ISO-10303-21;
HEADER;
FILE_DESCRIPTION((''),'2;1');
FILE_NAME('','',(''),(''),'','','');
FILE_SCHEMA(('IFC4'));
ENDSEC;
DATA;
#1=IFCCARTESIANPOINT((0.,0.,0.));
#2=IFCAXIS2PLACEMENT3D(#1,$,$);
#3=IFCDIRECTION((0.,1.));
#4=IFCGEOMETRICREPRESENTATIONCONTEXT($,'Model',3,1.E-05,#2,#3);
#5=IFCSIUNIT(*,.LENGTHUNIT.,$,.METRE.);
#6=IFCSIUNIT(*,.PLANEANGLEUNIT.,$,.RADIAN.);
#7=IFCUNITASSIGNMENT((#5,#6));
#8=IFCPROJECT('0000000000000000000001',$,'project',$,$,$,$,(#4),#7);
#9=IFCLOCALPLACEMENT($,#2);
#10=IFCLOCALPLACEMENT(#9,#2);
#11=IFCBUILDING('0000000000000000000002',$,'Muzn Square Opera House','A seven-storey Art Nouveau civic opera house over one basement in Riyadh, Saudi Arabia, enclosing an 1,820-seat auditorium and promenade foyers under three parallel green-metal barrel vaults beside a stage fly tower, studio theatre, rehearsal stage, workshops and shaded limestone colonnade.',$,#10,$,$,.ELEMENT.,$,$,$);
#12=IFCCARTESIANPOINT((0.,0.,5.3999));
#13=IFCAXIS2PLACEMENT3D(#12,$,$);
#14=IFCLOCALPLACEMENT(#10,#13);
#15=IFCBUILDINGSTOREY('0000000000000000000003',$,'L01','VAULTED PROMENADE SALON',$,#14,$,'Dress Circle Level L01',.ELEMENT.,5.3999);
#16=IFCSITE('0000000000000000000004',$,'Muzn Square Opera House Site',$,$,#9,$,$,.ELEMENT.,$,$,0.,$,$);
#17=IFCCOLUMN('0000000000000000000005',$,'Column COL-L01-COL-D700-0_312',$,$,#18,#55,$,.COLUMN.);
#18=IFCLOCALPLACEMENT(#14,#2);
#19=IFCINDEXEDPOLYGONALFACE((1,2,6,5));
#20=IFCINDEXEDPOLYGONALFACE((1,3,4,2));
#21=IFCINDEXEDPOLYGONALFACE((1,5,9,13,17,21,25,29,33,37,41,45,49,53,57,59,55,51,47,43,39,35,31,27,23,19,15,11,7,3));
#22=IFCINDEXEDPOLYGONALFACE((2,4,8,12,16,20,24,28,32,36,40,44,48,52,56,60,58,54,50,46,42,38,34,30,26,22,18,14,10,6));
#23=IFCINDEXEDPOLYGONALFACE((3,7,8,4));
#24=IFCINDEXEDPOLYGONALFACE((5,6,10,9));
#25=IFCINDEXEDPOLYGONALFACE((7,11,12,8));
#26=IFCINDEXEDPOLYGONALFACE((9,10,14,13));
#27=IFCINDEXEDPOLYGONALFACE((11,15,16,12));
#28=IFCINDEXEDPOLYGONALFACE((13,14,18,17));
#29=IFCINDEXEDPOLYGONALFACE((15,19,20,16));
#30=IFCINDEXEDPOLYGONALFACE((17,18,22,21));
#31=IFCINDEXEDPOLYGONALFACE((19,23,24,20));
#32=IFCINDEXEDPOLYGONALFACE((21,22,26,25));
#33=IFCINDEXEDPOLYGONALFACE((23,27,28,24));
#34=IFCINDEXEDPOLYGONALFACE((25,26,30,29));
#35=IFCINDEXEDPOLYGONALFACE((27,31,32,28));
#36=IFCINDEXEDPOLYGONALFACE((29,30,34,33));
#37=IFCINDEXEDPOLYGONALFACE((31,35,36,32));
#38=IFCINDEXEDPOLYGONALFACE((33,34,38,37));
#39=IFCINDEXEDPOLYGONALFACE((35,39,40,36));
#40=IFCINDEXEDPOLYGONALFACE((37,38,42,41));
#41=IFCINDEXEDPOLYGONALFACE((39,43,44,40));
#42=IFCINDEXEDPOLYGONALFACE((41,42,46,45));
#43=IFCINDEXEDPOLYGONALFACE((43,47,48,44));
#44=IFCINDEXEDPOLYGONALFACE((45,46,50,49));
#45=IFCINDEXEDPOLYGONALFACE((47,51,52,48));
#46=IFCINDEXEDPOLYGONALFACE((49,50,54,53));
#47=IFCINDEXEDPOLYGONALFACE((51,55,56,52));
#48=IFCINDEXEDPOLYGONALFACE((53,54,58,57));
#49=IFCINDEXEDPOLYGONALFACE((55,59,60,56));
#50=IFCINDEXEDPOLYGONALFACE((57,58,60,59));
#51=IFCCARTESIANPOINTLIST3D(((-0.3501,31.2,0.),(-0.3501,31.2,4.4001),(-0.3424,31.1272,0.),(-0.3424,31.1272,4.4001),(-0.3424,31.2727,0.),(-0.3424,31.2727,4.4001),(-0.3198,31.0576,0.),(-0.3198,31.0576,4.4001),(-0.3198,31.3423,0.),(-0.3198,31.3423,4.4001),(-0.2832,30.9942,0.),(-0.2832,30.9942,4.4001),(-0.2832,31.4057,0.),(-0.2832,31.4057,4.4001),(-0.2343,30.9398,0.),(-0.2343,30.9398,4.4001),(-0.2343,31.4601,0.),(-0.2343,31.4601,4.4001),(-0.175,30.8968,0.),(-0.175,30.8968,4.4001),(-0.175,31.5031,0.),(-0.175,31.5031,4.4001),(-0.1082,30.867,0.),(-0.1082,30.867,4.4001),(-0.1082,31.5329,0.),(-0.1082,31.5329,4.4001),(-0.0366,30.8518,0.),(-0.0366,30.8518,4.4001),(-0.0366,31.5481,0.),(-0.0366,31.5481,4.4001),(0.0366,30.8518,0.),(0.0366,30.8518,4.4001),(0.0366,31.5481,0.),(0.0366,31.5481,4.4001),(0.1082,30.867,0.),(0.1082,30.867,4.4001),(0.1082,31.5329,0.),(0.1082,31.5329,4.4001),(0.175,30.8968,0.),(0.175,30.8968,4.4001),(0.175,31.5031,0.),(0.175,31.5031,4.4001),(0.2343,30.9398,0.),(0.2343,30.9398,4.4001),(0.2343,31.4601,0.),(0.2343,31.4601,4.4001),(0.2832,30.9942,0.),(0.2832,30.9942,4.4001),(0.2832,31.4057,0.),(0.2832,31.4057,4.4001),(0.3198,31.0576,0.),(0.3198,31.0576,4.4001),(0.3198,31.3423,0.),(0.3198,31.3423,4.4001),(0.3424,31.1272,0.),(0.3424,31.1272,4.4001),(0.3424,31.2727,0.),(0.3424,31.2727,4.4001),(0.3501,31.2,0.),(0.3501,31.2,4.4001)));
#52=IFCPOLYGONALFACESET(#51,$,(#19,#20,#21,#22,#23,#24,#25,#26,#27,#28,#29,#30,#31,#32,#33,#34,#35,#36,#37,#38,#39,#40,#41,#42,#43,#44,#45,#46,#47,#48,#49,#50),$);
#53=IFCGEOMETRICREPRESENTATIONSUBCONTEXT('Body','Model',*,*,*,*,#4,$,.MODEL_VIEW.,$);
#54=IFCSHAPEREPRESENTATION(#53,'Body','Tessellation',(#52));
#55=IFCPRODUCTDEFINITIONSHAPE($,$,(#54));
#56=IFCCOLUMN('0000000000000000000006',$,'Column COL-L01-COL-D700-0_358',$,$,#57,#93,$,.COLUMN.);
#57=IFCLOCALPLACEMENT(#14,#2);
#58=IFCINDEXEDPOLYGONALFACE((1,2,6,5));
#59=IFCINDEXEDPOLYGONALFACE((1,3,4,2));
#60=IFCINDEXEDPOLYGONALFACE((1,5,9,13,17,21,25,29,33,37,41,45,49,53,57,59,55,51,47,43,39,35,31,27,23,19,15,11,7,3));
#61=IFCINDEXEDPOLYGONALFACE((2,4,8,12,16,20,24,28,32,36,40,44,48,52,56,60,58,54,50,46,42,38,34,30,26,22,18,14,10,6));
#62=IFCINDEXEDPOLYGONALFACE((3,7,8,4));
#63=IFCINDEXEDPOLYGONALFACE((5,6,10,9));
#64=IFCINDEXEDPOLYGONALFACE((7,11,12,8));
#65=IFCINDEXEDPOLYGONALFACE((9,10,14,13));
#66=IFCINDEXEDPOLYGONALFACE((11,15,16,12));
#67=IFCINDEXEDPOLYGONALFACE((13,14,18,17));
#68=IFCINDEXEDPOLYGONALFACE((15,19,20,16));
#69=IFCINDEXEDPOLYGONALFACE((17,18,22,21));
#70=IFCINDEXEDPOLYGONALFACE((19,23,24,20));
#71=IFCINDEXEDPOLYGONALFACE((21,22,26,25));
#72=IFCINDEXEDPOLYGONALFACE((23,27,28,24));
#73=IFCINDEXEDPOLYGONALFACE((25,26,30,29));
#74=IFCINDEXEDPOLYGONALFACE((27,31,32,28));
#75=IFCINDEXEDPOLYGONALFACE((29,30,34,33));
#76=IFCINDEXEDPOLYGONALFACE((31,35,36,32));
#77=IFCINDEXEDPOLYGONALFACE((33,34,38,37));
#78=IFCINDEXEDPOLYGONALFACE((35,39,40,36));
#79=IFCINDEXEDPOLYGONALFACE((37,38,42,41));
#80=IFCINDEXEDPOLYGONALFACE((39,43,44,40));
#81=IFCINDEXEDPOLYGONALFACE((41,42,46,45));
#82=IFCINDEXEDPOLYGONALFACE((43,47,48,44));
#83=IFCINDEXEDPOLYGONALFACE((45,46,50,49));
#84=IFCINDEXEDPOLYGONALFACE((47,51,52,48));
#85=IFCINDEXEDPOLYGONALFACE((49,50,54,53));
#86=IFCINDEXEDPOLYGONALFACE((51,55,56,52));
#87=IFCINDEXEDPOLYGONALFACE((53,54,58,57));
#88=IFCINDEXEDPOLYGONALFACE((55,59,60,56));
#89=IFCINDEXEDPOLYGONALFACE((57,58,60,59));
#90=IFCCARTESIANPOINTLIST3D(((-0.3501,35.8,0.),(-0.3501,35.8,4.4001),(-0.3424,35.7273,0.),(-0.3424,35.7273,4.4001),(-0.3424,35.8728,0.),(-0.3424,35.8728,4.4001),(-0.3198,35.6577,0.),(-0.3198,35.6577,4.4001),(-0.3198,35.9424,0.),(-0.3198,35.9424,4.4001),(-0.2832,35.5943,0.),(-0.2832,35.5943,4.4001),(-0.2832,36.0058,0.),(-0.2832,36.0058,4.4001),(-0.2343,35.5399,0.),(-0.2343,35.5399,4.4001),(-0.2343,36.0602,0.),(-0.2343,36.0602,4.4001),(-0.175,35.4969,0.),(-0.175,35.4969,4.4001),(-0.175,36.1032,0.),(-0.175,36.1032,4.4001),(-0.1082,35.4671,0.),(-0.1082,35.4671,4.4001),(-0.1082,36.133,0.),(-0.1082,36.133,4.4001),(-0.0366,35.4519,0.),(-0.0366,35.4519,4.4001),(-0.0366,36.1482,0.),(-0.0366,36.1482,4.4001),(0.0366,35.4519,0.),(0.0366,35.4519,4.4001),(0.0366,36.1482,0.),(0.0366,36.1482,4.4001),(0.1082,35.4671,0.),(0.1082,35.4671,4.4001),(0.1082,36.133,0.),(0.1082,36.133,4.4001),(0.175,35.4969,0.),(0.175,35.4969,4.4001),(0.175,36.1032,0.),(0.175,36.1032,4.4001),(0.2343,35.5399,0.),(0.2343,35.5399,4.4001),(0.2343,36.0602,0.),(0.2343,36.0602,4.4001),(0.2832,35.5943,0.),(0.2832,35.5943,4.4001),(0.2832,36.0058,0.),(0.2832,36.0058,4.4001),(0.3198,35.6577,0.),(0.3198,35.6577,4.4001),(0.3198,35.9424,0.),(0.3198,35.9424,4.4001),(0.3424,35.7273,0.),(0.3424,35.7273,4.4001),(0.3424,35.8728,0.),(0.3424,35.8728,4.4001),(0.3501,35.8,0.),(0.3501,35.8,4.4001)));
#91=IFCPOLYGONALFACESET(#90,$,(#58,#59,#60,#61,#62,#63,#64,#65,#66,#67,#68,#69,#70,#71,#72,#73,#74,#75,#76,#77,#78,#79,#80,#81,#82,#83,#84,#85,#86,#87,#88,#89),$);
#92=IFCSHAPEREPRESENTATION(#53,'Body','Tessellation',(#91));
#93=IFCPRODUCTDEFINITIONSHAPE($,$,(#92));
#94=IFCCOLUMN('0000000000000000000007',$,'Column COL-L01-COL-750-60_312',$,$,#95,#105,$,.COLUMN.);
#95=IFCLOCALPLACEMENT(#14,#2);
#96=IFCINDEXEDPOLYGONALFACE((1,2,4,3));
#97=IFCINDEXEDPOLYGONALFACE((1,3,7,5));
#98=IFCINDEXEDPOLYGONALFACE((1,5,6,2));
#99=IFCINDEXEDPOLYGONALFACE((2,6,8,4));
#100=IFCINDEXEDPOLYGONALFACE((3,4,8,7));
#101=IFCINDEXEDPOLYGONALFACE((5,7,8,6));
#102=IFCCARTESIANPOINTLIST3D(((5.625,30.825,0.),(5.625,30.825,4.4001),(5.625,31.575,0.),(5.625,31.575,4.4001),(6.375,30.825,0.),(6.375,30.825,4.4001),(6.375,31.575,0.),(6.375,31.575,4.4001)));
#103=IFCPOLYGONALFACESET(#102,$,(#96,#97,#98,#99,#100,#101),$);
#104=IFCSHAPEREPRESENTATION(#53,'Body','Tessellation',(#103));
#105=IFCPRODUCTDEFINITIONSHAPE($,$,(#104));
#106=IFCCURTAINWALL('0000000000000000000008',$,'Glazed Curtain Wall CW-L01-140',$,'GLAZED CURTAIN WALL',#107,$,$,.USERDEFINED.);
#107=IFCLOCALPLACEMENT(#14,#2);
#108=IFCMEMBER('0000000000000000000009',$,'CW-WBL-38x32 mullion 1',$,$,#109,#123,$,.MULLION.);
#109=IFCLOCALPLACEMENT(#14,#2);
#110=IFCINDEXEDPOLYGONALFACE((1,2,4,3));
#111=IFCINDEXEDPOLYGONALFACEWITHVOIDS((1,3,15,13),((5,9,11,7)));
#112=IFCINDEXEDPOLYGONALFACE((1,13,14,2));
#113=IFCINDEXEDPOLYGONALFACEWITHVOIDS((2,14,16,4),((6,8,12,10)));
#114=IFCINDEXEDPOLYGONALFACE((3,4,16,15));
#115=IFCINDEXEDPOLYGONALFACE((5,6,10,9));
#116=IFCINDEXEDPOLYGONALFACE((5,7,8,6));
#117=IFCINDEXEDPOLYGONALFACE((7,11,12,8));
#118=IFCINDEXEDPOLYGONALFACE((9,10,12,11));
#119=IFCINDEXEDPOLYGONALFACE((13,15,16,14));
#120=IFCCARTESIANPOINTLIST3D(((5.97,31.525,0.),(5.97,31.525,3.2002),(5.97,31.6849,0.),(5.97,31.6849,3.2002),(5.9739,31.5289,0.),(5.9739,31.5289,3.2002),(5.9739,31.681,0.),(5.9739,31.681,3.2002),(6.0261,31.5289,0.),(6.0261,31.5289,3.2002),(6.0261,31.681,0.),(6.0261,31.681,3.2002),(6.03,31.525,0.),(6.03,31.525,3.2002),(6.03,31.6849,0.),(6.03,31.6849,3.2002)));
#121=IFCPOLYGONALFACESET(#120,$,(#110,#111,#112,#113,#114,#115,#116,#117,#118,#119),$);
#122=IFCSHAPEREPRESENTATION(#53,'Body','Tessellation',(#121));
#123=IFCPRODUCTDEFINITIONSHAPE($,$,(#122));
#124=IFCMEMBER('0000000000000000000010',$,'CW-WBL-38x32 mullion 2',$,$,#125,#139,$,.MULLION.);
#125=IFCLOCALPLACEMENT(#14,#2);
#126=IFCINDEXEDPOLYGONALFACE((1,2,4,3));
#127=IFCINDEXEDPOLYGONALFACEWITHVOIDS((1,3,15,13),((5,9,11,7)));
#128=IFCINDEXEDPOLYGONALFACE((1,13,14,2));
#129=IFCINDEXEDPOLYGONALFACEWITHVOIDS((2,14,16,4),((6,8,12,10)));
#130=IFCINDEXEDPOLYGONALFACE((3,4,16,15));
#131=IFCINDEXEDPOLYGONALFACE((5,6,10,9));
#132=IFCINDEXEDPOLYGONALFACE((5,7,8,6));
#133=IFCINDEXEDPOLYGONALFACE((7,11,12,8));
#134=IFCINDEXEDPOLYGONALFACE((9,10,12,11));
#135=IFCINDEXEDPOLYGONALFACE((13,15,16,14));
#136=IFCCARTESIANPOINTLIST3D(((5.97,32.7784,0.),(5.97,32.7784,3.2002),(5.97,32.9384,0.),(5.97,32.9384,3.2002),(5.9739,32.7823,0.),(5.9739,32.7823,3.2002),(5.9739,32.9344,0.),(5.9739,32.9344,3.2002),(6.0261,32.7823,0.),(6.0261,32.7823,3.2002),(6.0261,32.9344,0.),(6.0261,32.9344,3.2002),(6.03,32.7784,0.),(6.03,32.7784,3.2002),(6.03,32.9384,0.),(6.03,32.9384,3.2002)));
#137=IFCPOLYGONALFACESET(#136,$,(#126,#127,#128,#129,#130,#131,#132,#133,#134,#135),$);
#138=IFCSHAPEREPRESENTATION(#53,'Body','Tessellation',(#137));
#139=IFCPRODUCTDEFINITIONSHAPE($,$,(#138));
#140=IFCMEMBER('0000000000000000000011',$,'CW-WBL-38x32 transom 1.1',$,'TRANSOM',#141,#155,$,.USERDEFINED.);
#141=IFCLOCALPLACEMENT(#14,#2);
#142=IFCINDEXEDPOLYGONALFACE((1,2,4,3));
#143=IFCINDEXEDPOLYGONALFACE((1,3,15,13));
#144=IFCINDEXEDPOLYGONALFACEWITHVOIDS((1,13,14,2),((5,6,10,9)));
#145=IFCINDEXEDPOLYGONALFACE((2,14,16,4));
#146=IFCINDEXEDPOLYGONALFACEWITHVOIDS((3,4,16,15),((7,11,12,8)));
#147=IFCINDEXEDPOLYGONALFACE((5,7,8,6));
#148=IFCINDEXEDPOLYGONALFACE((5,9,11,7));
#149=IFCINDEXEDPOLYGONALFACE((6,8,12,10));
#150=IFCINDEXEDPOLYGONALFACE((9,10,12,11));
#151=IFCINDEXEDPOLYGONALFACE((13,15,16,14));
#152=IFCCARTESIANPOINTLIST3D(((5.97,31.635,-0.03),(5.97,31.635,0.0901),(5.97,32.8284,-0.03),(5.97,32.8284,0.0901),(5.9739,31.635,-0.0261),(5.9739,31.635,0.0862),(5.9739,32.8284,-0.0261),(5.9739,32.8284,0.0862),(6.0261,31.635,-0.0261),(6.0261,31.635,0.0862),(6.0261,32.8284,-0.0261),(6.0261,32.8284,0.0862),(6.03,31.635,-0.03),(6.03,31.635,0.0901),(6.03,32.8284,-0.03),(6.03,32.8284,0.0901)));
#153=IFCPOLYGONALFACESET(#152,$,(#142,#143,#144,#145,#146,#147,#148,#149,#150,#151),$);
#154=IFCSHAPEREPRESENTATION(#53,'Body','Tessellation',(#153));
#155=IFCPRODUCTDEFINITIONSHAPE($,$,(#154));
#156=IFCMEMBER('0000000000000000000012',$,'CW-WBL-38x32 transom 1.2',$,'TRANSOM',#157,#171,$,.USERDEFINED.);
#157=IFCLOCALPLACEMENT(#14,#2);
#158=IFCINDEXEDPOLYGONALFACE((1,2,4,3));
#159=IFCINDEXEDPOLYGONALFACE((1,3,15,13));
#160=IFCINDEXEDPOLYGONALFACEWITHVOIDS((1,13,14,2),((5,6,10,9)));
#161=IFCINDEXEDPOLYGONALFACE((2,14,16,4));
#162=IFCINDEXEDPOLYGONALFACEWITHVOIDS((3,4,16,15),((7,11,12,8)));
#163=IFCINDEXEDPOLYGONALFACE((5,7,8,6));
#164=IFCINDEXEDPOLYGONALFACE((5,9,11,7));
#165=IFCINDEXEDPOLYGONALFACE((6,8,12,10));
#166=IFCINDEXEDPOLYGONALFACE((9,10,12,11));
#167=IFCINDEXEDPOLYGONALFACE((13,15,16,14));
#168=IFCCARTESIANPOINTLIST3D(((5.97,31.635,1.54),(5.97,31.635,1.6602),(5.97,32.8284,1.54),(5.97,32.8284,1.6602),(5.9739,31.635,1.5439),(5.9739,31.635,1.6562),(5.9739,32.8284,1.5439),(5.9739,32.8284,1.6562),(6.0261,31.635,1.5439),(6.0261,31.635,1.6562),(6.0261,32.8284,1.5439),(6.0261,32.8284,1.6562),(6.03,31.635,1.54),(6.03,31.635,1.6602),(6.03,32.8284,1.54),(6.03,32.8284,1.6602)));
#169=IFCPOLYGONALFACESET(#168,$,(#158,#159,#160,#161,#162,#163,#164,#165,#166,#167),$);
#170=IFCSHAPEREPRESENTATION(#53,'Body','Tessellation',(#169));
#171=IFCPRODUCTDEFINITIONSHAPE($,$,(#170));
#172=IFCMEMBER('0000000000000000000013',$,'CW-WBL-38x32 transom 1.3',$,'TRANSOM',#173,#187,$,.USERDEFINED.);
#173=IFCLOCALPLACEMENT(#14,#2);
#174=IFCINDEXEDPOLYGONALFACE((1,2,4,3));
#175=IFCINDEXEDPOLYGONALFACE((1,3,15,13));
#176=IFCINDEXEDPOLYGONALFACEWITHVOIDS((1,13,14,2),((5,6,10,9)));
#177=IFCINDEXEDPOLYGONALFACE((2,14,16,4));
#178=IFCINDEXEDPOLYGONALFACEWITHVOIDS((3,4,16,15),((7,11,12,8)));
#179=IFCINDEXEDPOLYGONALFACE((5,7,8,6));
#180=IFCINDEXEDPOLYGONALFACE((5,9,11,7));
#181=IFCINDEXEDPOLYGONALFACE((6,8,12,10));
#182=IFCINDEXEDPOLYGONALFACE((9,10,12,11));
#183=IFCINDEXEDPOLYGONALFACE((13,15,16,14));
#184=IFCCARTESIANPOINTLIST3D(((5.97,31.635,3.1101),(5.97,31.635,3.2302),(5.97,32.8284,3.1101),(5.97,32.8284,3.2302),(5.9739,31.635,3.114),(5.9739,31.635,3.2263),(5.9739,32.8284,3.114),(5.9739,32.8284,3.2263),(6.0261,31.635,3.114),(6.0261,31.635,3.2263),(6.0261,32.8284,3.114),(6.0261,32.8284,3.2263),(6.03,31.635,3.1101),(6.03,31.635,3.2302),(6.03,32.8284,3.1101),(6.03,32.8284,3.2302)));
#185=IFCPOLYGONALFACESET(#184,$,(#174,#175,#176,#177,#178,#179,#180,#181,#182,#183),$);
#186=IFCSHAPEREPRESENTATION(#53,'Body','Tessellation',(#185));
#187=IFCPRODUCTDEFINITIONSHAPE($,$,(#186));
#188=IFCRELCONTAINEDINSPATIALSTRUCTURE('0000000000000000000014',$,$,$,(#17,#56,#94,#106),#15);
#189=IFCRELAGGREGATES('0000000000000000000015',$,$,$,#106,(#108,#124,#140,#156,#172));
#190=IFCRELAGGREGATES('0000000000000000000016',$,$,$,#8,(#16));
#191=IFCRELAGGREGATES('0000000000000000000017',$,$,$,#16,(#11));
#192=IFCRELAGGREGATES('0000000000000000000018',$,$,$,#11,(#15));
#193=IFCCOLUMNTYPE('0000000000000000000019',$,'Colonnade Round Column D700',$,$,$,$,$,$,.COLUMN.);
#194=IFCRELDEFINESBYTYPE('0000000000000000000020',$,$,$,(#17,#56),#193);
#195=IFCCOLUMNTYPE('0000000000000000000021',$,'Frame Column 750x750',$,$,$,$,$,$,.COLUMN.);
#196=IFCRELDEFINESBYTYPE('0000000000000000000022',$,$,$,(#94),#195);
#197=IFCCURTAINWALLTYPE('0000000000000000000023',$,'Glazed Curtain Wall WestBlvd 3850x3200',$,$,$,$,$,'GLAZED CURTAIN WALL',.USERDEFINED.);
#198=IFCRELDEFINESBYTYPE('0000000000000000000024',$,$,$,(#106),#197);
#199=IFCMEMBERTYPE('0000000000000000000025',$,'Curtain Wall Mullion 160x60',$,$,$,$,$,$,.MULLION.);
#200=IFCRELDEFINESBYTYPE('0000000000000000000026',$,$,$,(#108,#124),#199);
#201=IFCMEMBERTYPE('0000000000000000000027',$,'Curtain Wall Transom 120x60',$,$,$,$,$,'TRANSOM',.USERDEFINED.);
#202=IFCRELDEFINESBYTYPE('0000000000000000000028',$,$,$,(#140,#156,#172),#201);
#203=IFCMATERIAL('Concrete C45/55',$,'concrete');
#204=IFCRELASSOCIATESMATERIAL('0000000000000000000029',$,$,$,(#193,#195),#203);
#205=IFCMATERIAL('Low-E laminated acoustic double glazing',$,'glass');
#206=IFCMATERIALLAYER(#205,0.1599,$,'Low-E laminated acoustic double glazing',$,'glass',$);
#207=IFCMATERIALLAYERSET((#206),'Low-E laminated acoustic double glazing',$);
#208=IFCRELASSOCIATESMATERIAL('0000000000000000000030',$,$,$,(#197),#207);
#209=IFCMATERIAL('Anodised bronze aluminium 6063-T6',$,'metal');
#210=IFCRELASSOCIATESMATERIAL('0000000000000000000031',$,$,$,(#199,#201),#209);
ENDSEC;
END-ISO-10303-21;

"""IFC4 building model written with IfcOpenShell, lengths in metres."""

from ifc_helpers import new_model, si_unit, direction, frame, origin, origin_2d, place, context, subcontext, project, spatial, rectangle, hollow_rectangle, circle, extrude, material, layer, layer_set, material_profile, profile_set, type_object, element, aggregate, save


model = new_model("IFC4")

# Units and contexts
model_context = context("Model", 3, precision=1e-05, world=origin(), true_north=direction((0.0, 1.0)))
body_context = subcontext(model_context, "Body", "Model", "MODEL_VIEW")
ifc_project = project(units=[si_unit("LENGTHUNIT", "METRE"), si_unit("PLANEANGLEUNIT", "RADIAN")], contexts=[model_context])

# Site, building, storey
site_placement = place(None, origin())
site = spatial("IfcSite", under=ifc_project, at=site_placement, Name="Muzn Square Opera House Site", CompositionType="ELEMENT", RefElevation=0.0)
building_placement = place(site_placement, origin())
building = spatial("IfcBuilding", under=site, at=building_placement, Name="Muzn Square Opera House", Description="A seven-storey Art Nouveau civic opera house over one basement in Riyadh, Saudi Arabia, enclosing an 1,820-seat auditorium and promenade foyers under three parallel green-metal barrel vaults beside a stage fly tower, studio theatre, rehearsal stage, workshops and shaded limestone colonnade.", CompositionType="ELEMENT")
storey_placement = place(building_placement, frame((0.0, 0.0, 5.3999)))
storey = spatial("IfcBuildingStorey", under=building, at=storey_placement, Name="L01", Description="VAULTED PROMENADE SALON", LongName="Dress Circle Level L01", CompositionType="ELEMENT", Elevation=5.3999)

# Columns
ifc_material_1 = material(Name="Concrete C45/55", Category="concrete")
ifc_material_profile_1 = material_profile(ifc_material_1, circle(Radius=0.3501, at=origin_2d()), Name="RCC D700", Category="concrete")
ifc_profile_set_1 = profile_set([ifc_material_profile_1], Name="Concrete C45/55")
column_type_1 = type_object("IfcColumnType", Name="Colonnade Round Column D700", PredefinedType="COLUMN", material=ifc_profile_set_1)
for number, where, z_axis, x_axis, name in (
    (1, (0.0, 31.2, 0.0), (0.0, 0.0, 1.0), (1.0, 0.0, 0.0), "Column COL-L01-COL-D700-0_312"),
    (2, (0.0, 35.8, 0.0), (0.0, 0.0, 1.0), (1.0, 0.0, 0.0), "Column COL-L01-COL-D700-0_358"),
):
    element("IfcColumn", number, at=place(storey_placement, frame(where, z_axis=z_axis, x_axis=x_axis)), inside=storey, type_object=column_type_1, Name=name, PredefinedType="COLUMN", context=body_context, shape_type="SweptSolid", body=[
        extrude(circle(Radius=0.3501, at=origin_2d()), origin(), (0.0, 0.0, 1.0), 4.4001),
    ])
ifc_material_profile_2 = material_profile(ifc_material_1, rectangle(XDim=0.75, YDim=0.75, at=origin_2d()), Name="RC 750x750", Category="concrete")
ifc_profile_set_2 = profile_set([ifc_material_profile_2], Name="Concrete C45/55")
column_type_2 = type_object("IfcColumnType", Name="Frame Column 750x750", PredefinedType="COLUMN", material=ifc_profile_set_2)
column_placement = place(storey_placement, frame((6.0, 31.2, 0.0), z_axis=(0.0, 0.0, 1.0), x_axis=(1.0, 0.0, 0.0)))
element("IfcColumn", 3, at=column_placement, inside=storey, type_object=column_type_2, Name="Column COL-L01-COL-750-60_312", PredefinedType="COLUMN", context=body_context, shape_type="SweptSolid", body=[
    extrude(rectangle(XDim=0.75, YDim=0.75, at=origin_2d()), origin(), (0.0, 0.0, 1.0), 4.4001),
])

# Curtain wall, members
ifc_material_2 = material(Name="Low-E laminated acoustic double glazing", Category="glass")
ifc_layer_1 = layer(ifc_material_2, 0.1599, Name="Low-E laminated acoustic double glazing", Category="glass")
ifc_layer_set_1 = layer_set([ifc_layer_1], Name="Low-E laminated acoustic double glazing")
curtain_wall_type = type_object("IfcCurtainWallType", Name="Glazed Curtain Wall WestBlvd 3850x3200", ElementType="GLAZED CURTAIN WALL", PredefinedType="USERDEFINED", material=ifc_layer_set_1)
curtain_wall_placement = place(storey_placement, origin())
curtain_wall = element("IfcCurtainWall", 4, at=curtain_wall_placement, inside=storey, type_object=curtain_wall_type, Name="Glazed Curtain Wall CW-L01-140", ObjectType="GLAZED CURTAIN WALL", PredefinedType="USERDEFINED")
ifc_material_3 = material(Name="Anodised bronze aluminium 6063-T6", Category="metal")
ifc_material_profile_3 = material_profile(ifc_material_3, hollow_rectangle(XDim=0.0601, YDim=0.1599, WallThickness=0.0039, at=origin_2d()), Name="ALU 160x60x4", Category="metal")
ifc_profile_set_3 = profile_set([ifc_material_profile_3], Name="Anodised bronze aluminium 6063-T6")
member_type_1 = type_object("IfcMemberType", Name="Curtain Wall Mullion 160x60", PredefinedType="MULLION", material=ifc_profile_set_3)
member_1_placement = place(storey_placement, frame((6.0, 31.605, 0.0), z_axis=(0.0, 0.0, 1.0), x_axis=(-1.0, 0.0, 0.0)))
member_1 = element("IfcMember", 5, at=member_1_placement, type_object=member_type_1, Name="CW-WBL-38x32 mullion 1", PredefinedType="MULLION", context=body_context, shape_type="SweptSolid", body=[
    extrude(hollow_rectangle(XDim=0.0601, YDim=0.1599, WallThickness=0.0039, at=origin_2d()), origin(), (0.0, 0.0, 1.0), 3.2002),
])
member_2_placement = place(storey_placement, frame((6.0, 32.8584, 0.0), z_axis=(0.0, 0.0, 1.0), x_axis=(-1.0, 0.0, 0.0)))
member_2 = element("IfcMember", 6, at=member_2_placement, type_object=member_type_1, Name="CW-WBL-38x32 mullion 2", PredefinedType="MULLION", context=body_context, shape_type="SweptSolid", body=[
    extrude(hollow_rectangle(XDim=0.0601, YDim=0.1599, WallThickness=0.0039, at=origin_2d()), origin(), (0.0, 0.0, 1.0), 3.2002),
])
ifc_material_profile_4 = material_profile(ifc_material_3, hollow_rectangle(XDim=0.0601, YDim=0.1201, WallThickness=0.0039, at=origin_2d()), Name="ALU 120x60x4", Category="metal")
ifc_profile_set_4 = profile_set([ifc_material_profile_4], Name="Anodised bronze aluminium 6063-T6")
member_type_2 = type_object("IfcMemberType", Name="Curtain Wall Transom 120x60", ElementType="TRANSOM", PredefinedType="USERDEFINED", material=ifc_profile_set_4)
member_3_placement = place(storey_placement, frame((6.0, 31.635, 0.03), z_axis=(0.0, 1.0, 0.0), x_axis=(-1.0, 0.0, 0.0)))
member_3 = element("IfcMember", 7, at=member_3_placement, type_object=member_type_2, Name="CW-WBL-38x32 transom 1.1", ObjectType="TRANSOM", PredefinedType="USERDEFINED", context=body_context, shape_type="SweptSolid", body=[
    extrude(hollow_rectangle(XDim=0.0601, YDim=0.1201, WallThickness=0.0039, at=origin_2d()), origin(), (0.0, 0.0, 1.0), 1.1934),
])
member_4_placement = place(storey_placement, frame((6.0, 31.635, 1.6001), z_axis=(0.0, 1.0, 0.0), x_axis=(-1.0, 0.0, 0.0)))
member_4 = element("IfcMember", 8, at=member_4_placement, type_object=member_type_2, Name="CW-WBL-38x32 transom 1.2", ObjectType="TRANSOM", PredefinedType="USERDEFINED", context=body_context, shape_type="SweptSolid", body=[
    extrude(hollow_rectangle(XDim=0.0601, YDim=0.1201, WallThickness=0.0039, at=origin_2d()), origin(), (0.0, 0.0, 1.0), 1.1934),
])
member_5_placement = place(storey_placement, frame((6.0, 31.635, 3.1702), z_axis=(0.0, 1.0, 0.0), x_axis=(-1.0, 0.0, 0.0)))
member_5 = element("IfcMember", 9, at=member_5_placement, type_object=member_type_2, Name="CW-WBL-38x32 transom 1.3", ObjectType="TRANSOM", PredefinedType="USERDEFINED", context=body_context, shape_type="SweptSolid", body=[
    extrude(hollow_rectangle(XDim=0.0601, YDim=0.1201, WallThickness=0.0039, at=origin_2d()), origin(), (0.0, 0.0, 1.0), 1.1934),
])

aggregate(curtain_wall, [member_1, member_2, member_3, member_4, member_5])

save(model, "model.ifc")
